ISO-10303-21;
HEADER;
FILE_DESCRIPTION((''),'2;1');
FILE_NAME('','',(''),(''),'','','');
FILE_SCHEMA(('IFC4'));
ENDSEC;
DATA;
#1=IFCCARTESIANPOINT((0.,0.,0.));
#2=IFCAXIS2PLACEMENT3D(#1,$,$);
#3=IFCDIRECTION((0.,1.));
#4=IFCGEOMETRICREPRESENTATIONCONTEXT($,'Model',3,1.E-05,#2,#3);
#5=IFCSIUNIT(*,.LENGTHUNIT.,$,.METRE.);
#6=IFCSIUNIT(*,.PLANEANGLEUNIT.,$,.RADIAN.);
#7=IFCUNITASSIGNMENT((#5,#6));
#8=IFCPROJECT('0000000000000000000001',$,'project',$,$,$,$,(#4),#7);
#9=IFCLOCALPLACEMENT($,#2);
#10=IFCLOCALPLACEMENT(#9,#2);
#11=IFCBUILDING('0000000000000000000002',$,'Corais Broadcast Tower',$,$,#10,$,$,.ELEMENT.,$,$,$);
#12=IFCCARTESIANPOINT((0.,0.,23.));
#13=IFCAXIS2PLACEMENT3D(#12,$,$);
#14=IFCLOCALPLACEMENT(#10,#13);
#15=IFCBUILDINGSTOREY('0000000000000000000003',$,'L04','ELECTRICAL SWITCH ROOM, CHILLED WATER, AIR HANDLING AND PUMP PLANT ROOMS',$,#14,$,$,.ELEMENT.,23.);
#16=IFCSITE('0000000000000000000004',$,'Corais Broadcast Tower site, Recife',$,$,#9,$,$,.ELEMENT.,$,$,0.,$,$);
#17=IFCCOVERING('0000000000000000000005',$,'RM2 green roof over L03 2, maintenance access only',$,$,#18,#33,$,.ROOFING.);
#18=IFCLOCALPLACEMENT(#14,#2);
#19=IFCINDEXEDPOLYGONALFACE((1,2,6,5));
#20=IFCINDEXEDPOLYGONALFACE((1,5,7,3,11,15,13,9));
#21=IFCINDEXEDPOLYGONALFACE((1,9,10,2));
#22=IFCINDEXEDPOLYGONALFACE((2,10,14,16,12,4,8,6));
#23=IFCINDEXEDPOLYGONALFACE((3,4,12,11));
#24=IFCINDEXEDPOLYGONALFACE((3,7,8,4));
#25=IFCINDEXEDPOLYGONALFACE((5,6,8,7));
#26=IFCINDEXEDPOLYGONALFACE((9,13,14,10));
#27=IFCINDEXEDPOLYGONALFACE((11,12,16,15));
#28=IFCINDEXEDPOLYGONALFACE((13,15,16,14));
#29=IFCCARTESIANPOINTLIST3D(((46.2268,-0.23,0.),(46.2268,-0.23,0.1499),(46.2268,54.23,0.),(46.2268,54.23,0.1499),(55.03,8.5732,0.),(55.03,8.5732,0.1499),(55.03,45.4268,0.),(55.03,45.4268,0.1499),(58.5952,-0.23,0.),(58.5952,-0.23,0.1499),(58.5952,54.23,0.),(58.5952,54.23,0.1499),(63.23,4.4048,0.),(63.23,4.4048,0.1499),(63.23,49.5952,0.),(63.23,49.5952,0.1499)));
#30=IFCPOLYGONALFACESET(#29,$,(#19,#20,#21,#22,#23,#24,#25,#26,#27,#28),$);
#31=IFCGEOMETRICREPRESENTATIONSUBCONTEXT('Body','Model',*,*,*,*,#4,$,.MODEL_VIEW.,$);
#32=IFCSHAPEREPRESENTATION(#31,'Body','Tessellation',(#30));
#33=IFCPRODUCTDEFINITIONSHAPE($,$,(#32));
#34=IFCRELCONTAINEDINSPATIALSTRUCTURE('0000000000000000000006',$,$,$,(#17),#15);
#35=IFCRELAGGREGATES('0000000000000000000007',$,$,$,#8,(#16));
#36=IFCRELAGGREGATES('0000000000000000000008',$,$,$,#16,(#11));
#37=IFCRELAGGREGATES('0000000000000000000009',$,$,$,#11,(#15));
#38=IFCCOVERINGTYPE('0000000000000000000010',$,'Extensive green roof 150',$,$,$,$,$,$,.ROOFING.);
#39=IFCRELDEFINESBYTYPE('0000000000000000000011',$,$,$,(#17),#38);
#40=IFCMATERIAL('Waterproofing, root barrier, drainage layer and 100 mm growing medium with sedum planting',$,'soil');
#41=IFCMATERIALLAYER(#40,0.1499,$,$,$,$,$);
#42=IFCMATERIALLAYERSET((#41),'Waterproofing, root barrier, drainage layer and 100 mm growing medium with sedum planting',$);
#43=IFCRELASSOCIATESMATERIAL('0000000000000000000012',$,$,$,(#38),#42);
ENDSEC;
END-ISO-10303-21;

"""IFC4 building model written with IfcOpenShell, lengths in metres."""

from ifc_helpers import new_model, si_unit, direction, frame, origin, place, context, subcontext, project, spatial, polyline, outline, extrude, material, layer, layer_set, type_object, element, save


model = new_model("IFC4")

# Units and contexts
model_context = context("Model", 3, precision=1e-05, world=origin(), true_north=direction((0.0, 1.0)))
body_context = subcontext(model_context, "Body", "Model", "MODEL_VIEW")
ifc_project = project(units=[si_unit("LENGTHUNIT", "METRE"), si_unit("PLANEANGLEUNIT", "RADIAN")], contexts=[model_context])

# Site, building, storey
site_placement = place(None, origin())
site = spatial("IfcSite", under=ifc_project, at=site_placement, Name="Corais Broadcast Tower site, Recife", CompositionType="ELEMENT", RefElevation=0.0)
building_placement = place(site_placement, origin())
building = spatial("IfcBuilding", under=site, at=building_placement, Name="Corais Broadcast Tower", CompositionType="ELEMENT")
storey_placement = place(building_placement, frame((0.0, 0.0, 23.0)))
storey = spatial("IfcBuildingStorey", under=building, at=storey_placement, Name="L04", Description="ELECTRICAL SWITCH ROOM, CHILLED WATER, AIR HANDLING AND PUMP PLANT ROOMS", CompositionType="ELEMENT", Elevation=23.0)

# Covering
ifc_material_1 = material(Name="Waterproofing, root barrier, drainage layer and 100 mm growing medium with sedum planting", Category="soil")
ifc_layer_1 = layer(ifc_material_1, 0.1499)
ifc_layer_set_1 = layer_set([ifc_layer_1], Name="Waterproofing, root barrier, drainage layer and 100 mm growing medium with sedum planting")
covering_type = type_object("IfcCoveringType", Name="Extensive green roof 150", PredefinedType="ROOFING", material=ifc_layer_set_1)
covering_1_placement = place(storey_placement, origin())
element("IfcCovering", 1, at=covering_1_placement, inside=storey, type_object=covering_type, Name="RM2 green roof over L03 2, maintenance access only", PredefinedType="ROOFING", context=body_context, shape_type="SweptSolid", body=[
    extrude(outline(polyline([(58.5952, 54.23), (63.23, 49.5952), (63.23, 4.4048), (58.5952, -0.23), (46.2268, -0.23), (55.03, 8.5732), (55.03, 45.4268), (46.2268, 54.23), (58.5952, 54.23)])), origin(), (0.0, 0.0, 1.0), 0.1499),
])

save(model, "model.ifc")
